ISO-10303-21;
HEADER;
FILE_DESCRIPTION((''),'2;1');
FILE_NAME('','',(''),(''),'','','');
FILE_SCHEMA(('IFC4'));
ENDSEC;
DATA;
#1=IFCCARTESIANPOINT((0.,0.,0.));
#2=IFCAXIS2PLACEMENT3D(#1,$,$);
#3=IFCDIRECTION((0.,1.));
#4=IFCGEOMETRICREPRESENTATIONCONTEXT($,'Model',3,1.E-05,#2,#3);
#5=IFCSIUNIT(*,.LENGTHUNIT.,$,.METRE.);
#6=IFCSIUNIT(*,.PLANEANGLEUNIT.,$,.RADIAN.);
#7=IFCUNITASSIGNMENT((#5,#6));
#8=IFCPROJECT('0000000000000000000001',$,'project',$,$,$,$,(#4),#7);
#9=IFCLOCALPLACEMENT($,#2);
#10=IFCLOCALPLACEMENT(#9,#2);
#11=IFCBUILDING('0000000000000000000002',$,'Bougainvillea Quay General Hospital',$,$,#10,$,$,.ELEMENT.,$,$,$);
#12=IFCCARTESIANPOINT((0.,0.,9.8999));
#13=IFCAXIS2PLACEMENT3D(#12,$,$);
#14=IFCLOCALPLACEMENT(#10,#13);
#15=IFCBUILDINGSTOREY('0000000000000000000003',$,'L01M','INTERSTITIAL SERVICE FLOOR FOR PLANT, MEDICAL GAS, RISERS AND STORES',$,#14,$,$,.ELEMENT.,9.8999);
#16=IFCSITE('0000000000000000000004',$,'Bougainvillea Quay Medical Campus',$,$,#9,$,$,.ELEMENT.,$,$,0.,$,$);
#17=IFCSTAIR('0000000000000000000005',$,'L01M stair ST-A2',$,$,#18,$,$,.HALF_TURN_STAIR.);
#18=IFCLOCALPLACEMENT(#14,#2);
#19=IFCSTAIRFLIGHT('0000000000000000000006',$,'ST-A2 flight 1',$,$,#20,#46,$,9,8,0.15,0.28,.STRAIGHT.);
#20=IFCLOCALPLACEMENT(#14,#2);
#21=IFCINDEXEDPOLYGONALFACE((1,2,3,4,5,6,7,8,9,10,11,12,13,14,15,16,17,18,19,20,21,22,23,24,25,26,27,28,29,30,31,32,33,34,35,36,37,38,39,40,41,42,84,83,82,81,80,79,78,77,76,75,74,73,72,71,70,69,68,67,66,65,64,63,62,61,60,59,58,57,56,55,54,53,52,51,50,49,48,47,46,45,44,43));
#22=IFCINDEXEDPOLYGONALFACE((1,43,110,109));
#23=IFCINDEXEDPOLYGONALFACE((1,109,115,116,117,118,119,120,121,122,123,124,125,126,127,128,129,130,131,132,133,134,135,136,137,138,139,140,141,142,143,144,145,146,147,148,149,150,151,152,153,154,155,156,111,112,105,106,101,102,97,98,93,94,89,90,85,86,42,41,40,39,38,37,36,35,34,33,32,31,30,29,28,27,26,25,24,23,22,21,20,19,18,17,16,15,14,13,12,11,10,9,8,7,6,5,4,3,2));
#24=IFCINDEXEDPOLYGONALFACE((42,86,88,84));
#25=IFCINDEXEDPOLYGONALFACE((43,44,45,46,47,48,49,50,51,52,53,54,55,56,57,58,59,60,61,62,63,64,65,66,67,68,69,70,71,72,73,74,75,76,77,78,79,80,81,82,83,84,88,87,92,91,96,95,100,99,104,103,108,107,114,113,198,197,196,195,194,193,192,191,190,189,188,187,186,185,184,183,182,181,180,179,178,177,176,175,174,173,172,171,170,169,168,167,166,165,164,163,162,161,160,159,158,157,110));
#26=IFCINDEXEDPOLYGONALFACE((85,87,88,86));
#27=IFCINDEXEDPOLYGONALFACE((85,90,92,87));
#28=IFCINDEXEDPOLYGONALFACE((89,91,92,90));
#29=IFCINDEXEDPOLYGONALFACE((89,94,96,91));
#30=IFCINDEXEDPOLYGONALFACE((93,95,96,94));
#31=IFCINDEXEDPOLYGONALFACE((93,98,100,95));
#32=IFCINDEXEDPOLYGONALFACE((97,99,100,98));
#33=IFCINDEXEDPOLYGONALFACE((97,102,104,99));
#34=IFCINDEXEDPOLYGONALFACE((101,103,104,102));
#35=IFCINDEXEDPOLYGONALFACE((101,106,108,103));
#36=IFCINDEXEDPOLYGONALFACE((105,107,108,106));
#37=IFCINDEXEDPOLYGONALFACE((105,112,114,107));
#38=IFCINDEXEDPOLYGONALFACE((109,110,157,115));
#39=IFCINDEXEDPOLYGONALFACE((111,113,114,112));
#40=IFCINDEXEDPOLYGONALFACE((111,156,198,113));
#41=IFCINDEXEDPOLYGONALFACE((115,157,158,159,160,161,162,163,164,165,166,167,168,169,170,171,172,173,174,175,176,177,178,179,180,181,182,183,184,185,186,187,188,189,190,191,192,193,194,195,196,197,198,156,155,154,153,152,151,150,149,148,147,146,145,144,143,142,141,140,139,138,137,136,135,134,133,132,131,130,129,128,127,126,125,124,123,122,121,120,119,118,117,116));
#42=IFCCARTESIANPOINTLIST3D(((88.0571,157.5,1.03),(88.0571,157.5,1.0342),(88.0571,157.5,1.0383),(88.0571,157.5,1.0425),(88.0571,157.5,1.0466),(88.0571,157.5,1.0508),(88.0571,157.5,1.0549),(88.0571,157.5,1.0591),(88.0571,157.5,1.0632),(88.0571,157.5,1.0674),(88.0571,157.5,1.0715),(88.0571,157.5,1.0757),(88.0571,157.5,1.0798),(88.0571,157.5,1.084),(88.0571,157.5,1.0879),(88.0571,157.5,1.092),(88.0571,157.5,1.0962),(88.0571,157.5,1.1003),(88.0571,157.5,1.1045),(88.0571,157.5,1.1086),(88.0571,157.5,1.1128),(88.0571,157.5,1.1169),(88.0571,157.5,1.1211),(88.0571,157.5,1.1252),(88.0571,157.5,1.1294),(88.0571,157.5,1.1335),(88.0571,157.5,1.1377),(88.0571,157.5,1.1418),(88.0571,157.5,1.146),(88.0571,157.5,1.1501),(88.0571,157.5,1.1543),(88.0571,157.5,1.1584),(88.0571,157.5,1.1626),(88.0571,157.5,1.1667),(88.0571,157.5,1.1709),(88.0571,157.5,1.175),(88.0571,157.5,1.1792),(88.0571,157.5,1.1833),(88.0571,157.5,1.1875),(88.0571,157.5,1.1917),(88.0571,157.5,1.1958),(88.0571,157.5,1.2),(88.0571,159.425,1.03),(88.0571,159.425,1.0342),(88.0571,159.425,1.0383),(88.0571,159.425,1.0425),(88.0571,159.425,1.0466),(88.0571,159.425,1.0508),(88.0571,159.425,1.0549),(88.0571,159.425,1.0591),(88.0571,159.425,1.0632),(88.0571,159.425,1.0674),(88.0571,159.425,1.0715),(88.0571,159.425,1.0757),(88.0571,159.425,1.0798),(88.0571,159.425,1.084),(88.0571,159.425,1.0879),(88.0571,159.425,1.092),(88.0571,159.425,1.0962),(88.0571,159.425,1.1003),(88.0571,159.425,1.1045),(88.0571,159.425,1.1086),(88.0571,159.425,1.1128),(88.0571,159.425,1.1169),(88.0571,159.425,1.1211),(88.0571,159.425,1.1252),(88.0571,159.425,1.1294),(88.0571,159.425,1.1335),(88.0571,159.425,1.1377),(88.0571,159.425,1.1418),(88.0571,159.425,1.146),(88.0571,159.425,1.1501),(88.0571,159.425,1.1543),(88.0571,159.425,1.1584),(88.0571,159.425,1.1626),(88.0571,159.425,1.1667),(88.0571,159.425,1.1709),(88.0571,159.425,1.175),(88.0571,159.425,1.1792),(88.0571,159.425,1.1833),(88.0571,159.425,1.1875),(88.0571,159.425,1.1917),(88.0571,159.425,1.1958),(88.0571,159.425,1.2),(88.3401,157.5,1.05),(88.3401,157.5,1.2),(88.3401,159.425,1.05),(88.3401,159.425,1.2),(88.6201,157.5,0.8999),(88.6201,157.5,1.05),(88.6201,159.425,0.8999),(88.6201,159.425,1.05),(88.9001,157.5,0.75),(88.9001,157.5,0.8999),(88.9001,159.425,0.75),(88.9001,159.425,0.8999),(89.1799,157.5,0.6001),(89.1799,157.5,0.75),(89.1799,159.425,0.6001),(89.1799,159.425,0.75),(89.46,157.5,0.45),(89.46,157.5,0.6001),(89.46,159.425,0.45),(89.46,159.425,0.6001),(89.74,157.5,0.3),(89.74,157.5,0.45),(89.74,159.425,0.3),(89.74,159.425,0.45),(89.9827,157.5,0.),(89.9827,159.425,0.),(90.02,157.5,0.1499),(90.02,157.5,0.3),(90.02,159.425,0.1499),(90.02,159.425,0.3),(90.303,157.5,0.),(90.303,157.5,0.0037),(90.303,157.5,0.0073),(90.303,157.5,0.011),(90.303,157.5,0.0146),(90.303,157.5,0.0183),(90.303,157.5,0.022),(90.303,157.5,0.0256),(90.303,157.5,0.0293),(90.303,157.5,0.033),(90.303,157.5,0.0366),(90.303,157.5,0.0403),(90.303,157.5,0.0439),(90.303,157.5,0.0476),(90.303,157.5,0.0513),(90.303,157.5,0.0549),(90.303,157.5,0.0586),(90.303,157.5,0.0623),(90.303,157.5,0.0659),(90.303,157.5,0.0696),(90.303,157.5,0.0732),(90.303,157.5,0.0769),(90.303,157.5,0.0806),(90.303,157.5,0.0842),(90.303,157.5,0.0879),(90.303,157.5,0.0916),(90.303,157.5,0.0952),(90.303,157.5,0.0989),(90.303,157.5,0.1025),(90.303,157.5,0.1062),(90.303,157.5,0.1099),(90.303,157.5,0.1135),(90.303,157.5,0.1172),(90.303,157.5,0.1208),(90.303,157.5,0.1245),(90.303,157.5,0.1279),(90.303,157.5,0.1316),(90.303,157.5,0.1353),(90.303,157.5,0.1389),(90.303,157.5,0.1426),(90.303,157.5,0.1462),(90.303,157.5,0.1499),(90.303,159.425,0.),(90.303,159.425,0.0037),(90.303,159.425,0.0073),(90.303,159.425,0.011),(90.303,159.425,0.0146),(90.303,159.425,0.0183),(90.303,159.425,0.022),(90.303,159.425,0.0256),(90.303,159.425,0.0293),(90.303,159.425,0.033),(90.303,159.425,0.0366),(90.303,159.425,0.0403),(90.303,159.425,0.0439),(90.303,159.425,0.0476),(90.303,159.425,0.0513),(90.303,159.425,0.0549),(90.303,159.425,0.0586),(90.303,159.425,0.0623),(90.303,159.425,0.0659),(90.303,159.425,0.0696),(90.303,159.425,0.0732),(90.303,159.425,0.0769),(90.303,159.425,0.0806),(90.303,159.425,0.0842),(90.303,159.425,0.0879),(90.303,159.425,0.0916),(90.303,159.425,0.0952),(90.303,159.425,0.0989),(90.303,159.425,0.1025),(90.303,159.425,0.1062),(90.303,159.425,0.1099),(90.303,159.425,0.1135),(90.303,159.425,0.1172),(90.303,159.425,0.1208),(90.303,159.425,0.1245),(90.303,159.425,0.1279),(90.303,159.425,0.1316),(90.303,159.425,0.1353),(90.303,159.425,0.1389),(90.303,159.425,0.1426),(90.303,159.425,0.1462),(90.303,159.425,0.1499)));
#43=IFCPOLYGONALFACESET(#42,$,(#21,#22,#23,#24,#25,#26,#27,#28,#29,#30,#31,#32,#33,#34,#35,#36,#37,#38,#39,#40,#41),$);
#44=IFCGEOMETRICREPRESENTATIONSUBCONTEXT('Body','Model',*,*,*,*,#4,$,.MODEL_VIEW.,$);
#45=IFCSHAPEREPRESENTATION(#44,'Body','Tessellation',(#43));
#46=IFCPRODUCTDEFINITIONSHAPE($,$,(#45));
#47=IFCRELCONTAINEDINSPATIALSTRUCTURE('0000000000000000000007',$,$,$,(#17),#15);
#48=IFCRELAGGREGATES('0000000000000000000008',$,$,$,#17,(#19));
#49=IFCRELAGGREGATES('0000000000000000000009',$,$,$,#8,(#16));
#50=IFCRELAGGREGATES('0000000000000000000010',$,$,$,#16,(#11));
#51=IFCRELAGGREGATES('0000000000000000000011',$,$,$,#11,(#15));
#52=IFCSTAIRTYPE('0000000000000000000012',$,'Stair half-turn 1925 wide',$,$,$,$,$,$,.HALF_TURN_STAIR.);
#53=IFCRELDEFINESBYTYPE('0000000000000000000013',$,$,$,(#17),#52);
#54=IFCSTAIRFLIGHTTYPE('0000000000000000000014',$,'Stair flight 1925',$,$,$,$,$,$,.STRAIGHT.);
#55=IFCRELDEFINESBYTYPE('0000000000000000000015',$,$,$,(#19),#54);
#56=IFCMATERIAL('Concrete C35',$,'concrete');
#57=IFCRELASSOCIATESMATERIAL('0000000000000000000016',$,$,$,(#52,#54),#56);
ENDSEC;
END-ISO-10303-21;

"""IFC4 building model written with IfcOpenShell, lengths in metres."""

from ifc_helpers import new_model, si_unit, direction, frame, origin, place, context, subcontext, project, spatial, polyline, outline, extrude, material, type_object, element, aggregate, save


model = new_model("IFC4")

# Units and contexts
model_context = context("Model", 3, precision=1e-05, world=origin(), true_north=direction((0.0, 1.0)))
body_context = subcontext(model_context, "Body", "Model", "MODEL_VIEW")
ifc_project = project(units=[si_unit("LENGTHUNIT", "METRE"), si_unit("PLANEANGLEUNIT", "RADIAN")], contexts=[model_context])

# Site, building, storey
site_placement = place(None, origin())
site = spatial("IfcSite", under=ifc_project, at=site_placement, Name="Bougainvillea Quay Medical Campus", CompositionType="ELEMENT", RefElevation=0.0)
building_placement = place(site_placement, origin())
building = spatial("IfcBuilding", under=site, at=building_placement, Name="Bougainvillea Quay General Hospital", CompositionType="ELEMENT")
storey_placement = place(building_placement, frame((0.0, 0.0, 9.8999)))
storey = spatial("IfcBuildingStorey", under=building, at=storey_placement, Name="L01M", Description="INTERSTITIAL SERVICE FLOOR FOR PLANT, MEDICAL GAS, RISERS AND STORES", CompositionType="ELEMENT", Elevation=9.8999)

# Stair, stair flight
ifc_material_1 = material(Name="Concrete C35", Category="concrete")
stair_type = type_object("IfcStairType", Name="Stair half-turn 1925 wide", PredefinedType="HALF_TURN_STAIR", material=ifc_material_1)
stair_placement = place(storey_placement, origin())
stair = element("IfcStair", 1, at=stair_placement, inside=storey, type_object=stair_type, Name="L01M stair ST-A2", PredefinedType="HALF_TURN_STAIR")
stair_flight_type = type_object("IfcStairFlightType", Name="Stair flight 1925", PredefinedType="STRAIGHT", material=ifc_material_1)
stair_flight_1_placement = place(storey_placement, frame((90.3, 158.4624, 0.0), z_axis=(0.0, 0.0, 1.0), x_axis=(-1.0, 0.0, 0.0)))
stair_flight_1 = element("IfcStairFlight", 2, at=stair_flight_1_placement, type_object=stair_flight_type, Name="ST-A2 flight 1", NumberOfRisers=9, NumberOfTreads=8, PredefinedType="STRAIGHT", RiserHeight=0.15, TreadLength=0.28, context=body_context, shape_type="SweptSolid", body=[
    extrude(outline(polyline([(-0.0029, 0.0), (-0.0029, 0.0037), (-0.0029, 0.0073), (-0.0029, 0.011), (-0.0029, 0.0146), (-0.0029, 0.0183), (-0.0029, 0.022), (-0.0029, 0.0256), (-0.0029, 0.0293), (-0.0029, 0.033), (-0.0029, 0.0366), (-0.0029, 0.0403), (-0.0029, 0.0439), (-0.0029, 0.0476), (-0.0029, 0.0513), (-0.0029, 0.0549), (-0.0029, 0.0586), (-0.0029, 0.0623), (-0.0029, 0.0659), (-0.0029, 0.0696), (-0.0029, 0.0732), (-0.0029, 0.0769), (-0.0029, 0.0806), (-0.0029, 0.0842), (-0.0029, 0.0879), (-0.0029, 0.0916), (-0.0029, 0.0952), (-0.0029, 0.0989), (-0.0029, 0.1025), (-0.0029, 0.1062), (-0.0029, 0.1099), (-0.0029, 0.1135), (-0.0029, 0.1172), (-0.0029, 0.1208), (-0.0029, 0.1245), (-0.0029, 0.1279), (-0.0029, 0.1316), (-0.0029, 0.1353), (-0.0029, 0.1389), (-0.0029, 0.1426), (-0.0029, 0.1462), (-0.0029, 0.1499), (0.28, 0.1499), (0.28, 0.3), (0.5601, 0.3), (0.5601, 0.45), (0.8401, 0.45), (0.8401, 0.6001), (1.1201, 0.6001), (1.1201, 0.75), (1.3999, 0.75), (1.3999, 0.8999), (1.6799, 0.8999), (1.6799, 1.05), (1.96, 1.05), (1.96, 1.2), (2.2429, 1.2), (2.2429, 1.1958), (2.2429, 1.1917), (2.2429, 1.1875), (2.2429, 1.1833), (2.2429, 1.1792), (2.2429, 1.175), (2.2429, 1.1709), (2.2429, 1.1667), (2.2429, 1.1626), (2.2429, 1.1584), (2.2429, 1.1543), (2.2429, 1.1501), (2.2429, 1.146), (2.2429, 1.1418), (2.2429, 1.1377), (2.2429, 1.1335), (2.2429, 1.1294), (2.2429, 1.1252), (2.2429, 1.1211), (2.2429, 1.1169), (2.2429, 1.1128), (2.2429, 1.1086), (2.2429, 1.1045), (2.2429, 1.1003), (2.2429, 1.0962), (2.2429, 1.092), (2.2429, 1.0879), (2.2429, 1.084), (2.2429, 1.0798), (2.2429, 1.0757), (2.2429, 1.0715), (2.2429, 1.0674), (2.2429, 1.0632), (2.2429, 1.0591), (2.2429, 1.0549), (2.2429, 1.0508), (2.2429, 1.0466), (2.2429, 1.0425), (2.2429, 1.0383), (2.2429, 1.0342), (2.2429, 1.03), (0.3174, 0.0), (-0.0029, 0.0)])), frame((0.0, 0.9624, 0.0), z_axis=(0.0, -1.0, 0.0), x_axis=(1.0, 0.0, 0.0)), (0.0, 0.0, 1.0), 1.925),
])
aggregate(stair, [stair_flight_1])

save(model, "model.ifc")
